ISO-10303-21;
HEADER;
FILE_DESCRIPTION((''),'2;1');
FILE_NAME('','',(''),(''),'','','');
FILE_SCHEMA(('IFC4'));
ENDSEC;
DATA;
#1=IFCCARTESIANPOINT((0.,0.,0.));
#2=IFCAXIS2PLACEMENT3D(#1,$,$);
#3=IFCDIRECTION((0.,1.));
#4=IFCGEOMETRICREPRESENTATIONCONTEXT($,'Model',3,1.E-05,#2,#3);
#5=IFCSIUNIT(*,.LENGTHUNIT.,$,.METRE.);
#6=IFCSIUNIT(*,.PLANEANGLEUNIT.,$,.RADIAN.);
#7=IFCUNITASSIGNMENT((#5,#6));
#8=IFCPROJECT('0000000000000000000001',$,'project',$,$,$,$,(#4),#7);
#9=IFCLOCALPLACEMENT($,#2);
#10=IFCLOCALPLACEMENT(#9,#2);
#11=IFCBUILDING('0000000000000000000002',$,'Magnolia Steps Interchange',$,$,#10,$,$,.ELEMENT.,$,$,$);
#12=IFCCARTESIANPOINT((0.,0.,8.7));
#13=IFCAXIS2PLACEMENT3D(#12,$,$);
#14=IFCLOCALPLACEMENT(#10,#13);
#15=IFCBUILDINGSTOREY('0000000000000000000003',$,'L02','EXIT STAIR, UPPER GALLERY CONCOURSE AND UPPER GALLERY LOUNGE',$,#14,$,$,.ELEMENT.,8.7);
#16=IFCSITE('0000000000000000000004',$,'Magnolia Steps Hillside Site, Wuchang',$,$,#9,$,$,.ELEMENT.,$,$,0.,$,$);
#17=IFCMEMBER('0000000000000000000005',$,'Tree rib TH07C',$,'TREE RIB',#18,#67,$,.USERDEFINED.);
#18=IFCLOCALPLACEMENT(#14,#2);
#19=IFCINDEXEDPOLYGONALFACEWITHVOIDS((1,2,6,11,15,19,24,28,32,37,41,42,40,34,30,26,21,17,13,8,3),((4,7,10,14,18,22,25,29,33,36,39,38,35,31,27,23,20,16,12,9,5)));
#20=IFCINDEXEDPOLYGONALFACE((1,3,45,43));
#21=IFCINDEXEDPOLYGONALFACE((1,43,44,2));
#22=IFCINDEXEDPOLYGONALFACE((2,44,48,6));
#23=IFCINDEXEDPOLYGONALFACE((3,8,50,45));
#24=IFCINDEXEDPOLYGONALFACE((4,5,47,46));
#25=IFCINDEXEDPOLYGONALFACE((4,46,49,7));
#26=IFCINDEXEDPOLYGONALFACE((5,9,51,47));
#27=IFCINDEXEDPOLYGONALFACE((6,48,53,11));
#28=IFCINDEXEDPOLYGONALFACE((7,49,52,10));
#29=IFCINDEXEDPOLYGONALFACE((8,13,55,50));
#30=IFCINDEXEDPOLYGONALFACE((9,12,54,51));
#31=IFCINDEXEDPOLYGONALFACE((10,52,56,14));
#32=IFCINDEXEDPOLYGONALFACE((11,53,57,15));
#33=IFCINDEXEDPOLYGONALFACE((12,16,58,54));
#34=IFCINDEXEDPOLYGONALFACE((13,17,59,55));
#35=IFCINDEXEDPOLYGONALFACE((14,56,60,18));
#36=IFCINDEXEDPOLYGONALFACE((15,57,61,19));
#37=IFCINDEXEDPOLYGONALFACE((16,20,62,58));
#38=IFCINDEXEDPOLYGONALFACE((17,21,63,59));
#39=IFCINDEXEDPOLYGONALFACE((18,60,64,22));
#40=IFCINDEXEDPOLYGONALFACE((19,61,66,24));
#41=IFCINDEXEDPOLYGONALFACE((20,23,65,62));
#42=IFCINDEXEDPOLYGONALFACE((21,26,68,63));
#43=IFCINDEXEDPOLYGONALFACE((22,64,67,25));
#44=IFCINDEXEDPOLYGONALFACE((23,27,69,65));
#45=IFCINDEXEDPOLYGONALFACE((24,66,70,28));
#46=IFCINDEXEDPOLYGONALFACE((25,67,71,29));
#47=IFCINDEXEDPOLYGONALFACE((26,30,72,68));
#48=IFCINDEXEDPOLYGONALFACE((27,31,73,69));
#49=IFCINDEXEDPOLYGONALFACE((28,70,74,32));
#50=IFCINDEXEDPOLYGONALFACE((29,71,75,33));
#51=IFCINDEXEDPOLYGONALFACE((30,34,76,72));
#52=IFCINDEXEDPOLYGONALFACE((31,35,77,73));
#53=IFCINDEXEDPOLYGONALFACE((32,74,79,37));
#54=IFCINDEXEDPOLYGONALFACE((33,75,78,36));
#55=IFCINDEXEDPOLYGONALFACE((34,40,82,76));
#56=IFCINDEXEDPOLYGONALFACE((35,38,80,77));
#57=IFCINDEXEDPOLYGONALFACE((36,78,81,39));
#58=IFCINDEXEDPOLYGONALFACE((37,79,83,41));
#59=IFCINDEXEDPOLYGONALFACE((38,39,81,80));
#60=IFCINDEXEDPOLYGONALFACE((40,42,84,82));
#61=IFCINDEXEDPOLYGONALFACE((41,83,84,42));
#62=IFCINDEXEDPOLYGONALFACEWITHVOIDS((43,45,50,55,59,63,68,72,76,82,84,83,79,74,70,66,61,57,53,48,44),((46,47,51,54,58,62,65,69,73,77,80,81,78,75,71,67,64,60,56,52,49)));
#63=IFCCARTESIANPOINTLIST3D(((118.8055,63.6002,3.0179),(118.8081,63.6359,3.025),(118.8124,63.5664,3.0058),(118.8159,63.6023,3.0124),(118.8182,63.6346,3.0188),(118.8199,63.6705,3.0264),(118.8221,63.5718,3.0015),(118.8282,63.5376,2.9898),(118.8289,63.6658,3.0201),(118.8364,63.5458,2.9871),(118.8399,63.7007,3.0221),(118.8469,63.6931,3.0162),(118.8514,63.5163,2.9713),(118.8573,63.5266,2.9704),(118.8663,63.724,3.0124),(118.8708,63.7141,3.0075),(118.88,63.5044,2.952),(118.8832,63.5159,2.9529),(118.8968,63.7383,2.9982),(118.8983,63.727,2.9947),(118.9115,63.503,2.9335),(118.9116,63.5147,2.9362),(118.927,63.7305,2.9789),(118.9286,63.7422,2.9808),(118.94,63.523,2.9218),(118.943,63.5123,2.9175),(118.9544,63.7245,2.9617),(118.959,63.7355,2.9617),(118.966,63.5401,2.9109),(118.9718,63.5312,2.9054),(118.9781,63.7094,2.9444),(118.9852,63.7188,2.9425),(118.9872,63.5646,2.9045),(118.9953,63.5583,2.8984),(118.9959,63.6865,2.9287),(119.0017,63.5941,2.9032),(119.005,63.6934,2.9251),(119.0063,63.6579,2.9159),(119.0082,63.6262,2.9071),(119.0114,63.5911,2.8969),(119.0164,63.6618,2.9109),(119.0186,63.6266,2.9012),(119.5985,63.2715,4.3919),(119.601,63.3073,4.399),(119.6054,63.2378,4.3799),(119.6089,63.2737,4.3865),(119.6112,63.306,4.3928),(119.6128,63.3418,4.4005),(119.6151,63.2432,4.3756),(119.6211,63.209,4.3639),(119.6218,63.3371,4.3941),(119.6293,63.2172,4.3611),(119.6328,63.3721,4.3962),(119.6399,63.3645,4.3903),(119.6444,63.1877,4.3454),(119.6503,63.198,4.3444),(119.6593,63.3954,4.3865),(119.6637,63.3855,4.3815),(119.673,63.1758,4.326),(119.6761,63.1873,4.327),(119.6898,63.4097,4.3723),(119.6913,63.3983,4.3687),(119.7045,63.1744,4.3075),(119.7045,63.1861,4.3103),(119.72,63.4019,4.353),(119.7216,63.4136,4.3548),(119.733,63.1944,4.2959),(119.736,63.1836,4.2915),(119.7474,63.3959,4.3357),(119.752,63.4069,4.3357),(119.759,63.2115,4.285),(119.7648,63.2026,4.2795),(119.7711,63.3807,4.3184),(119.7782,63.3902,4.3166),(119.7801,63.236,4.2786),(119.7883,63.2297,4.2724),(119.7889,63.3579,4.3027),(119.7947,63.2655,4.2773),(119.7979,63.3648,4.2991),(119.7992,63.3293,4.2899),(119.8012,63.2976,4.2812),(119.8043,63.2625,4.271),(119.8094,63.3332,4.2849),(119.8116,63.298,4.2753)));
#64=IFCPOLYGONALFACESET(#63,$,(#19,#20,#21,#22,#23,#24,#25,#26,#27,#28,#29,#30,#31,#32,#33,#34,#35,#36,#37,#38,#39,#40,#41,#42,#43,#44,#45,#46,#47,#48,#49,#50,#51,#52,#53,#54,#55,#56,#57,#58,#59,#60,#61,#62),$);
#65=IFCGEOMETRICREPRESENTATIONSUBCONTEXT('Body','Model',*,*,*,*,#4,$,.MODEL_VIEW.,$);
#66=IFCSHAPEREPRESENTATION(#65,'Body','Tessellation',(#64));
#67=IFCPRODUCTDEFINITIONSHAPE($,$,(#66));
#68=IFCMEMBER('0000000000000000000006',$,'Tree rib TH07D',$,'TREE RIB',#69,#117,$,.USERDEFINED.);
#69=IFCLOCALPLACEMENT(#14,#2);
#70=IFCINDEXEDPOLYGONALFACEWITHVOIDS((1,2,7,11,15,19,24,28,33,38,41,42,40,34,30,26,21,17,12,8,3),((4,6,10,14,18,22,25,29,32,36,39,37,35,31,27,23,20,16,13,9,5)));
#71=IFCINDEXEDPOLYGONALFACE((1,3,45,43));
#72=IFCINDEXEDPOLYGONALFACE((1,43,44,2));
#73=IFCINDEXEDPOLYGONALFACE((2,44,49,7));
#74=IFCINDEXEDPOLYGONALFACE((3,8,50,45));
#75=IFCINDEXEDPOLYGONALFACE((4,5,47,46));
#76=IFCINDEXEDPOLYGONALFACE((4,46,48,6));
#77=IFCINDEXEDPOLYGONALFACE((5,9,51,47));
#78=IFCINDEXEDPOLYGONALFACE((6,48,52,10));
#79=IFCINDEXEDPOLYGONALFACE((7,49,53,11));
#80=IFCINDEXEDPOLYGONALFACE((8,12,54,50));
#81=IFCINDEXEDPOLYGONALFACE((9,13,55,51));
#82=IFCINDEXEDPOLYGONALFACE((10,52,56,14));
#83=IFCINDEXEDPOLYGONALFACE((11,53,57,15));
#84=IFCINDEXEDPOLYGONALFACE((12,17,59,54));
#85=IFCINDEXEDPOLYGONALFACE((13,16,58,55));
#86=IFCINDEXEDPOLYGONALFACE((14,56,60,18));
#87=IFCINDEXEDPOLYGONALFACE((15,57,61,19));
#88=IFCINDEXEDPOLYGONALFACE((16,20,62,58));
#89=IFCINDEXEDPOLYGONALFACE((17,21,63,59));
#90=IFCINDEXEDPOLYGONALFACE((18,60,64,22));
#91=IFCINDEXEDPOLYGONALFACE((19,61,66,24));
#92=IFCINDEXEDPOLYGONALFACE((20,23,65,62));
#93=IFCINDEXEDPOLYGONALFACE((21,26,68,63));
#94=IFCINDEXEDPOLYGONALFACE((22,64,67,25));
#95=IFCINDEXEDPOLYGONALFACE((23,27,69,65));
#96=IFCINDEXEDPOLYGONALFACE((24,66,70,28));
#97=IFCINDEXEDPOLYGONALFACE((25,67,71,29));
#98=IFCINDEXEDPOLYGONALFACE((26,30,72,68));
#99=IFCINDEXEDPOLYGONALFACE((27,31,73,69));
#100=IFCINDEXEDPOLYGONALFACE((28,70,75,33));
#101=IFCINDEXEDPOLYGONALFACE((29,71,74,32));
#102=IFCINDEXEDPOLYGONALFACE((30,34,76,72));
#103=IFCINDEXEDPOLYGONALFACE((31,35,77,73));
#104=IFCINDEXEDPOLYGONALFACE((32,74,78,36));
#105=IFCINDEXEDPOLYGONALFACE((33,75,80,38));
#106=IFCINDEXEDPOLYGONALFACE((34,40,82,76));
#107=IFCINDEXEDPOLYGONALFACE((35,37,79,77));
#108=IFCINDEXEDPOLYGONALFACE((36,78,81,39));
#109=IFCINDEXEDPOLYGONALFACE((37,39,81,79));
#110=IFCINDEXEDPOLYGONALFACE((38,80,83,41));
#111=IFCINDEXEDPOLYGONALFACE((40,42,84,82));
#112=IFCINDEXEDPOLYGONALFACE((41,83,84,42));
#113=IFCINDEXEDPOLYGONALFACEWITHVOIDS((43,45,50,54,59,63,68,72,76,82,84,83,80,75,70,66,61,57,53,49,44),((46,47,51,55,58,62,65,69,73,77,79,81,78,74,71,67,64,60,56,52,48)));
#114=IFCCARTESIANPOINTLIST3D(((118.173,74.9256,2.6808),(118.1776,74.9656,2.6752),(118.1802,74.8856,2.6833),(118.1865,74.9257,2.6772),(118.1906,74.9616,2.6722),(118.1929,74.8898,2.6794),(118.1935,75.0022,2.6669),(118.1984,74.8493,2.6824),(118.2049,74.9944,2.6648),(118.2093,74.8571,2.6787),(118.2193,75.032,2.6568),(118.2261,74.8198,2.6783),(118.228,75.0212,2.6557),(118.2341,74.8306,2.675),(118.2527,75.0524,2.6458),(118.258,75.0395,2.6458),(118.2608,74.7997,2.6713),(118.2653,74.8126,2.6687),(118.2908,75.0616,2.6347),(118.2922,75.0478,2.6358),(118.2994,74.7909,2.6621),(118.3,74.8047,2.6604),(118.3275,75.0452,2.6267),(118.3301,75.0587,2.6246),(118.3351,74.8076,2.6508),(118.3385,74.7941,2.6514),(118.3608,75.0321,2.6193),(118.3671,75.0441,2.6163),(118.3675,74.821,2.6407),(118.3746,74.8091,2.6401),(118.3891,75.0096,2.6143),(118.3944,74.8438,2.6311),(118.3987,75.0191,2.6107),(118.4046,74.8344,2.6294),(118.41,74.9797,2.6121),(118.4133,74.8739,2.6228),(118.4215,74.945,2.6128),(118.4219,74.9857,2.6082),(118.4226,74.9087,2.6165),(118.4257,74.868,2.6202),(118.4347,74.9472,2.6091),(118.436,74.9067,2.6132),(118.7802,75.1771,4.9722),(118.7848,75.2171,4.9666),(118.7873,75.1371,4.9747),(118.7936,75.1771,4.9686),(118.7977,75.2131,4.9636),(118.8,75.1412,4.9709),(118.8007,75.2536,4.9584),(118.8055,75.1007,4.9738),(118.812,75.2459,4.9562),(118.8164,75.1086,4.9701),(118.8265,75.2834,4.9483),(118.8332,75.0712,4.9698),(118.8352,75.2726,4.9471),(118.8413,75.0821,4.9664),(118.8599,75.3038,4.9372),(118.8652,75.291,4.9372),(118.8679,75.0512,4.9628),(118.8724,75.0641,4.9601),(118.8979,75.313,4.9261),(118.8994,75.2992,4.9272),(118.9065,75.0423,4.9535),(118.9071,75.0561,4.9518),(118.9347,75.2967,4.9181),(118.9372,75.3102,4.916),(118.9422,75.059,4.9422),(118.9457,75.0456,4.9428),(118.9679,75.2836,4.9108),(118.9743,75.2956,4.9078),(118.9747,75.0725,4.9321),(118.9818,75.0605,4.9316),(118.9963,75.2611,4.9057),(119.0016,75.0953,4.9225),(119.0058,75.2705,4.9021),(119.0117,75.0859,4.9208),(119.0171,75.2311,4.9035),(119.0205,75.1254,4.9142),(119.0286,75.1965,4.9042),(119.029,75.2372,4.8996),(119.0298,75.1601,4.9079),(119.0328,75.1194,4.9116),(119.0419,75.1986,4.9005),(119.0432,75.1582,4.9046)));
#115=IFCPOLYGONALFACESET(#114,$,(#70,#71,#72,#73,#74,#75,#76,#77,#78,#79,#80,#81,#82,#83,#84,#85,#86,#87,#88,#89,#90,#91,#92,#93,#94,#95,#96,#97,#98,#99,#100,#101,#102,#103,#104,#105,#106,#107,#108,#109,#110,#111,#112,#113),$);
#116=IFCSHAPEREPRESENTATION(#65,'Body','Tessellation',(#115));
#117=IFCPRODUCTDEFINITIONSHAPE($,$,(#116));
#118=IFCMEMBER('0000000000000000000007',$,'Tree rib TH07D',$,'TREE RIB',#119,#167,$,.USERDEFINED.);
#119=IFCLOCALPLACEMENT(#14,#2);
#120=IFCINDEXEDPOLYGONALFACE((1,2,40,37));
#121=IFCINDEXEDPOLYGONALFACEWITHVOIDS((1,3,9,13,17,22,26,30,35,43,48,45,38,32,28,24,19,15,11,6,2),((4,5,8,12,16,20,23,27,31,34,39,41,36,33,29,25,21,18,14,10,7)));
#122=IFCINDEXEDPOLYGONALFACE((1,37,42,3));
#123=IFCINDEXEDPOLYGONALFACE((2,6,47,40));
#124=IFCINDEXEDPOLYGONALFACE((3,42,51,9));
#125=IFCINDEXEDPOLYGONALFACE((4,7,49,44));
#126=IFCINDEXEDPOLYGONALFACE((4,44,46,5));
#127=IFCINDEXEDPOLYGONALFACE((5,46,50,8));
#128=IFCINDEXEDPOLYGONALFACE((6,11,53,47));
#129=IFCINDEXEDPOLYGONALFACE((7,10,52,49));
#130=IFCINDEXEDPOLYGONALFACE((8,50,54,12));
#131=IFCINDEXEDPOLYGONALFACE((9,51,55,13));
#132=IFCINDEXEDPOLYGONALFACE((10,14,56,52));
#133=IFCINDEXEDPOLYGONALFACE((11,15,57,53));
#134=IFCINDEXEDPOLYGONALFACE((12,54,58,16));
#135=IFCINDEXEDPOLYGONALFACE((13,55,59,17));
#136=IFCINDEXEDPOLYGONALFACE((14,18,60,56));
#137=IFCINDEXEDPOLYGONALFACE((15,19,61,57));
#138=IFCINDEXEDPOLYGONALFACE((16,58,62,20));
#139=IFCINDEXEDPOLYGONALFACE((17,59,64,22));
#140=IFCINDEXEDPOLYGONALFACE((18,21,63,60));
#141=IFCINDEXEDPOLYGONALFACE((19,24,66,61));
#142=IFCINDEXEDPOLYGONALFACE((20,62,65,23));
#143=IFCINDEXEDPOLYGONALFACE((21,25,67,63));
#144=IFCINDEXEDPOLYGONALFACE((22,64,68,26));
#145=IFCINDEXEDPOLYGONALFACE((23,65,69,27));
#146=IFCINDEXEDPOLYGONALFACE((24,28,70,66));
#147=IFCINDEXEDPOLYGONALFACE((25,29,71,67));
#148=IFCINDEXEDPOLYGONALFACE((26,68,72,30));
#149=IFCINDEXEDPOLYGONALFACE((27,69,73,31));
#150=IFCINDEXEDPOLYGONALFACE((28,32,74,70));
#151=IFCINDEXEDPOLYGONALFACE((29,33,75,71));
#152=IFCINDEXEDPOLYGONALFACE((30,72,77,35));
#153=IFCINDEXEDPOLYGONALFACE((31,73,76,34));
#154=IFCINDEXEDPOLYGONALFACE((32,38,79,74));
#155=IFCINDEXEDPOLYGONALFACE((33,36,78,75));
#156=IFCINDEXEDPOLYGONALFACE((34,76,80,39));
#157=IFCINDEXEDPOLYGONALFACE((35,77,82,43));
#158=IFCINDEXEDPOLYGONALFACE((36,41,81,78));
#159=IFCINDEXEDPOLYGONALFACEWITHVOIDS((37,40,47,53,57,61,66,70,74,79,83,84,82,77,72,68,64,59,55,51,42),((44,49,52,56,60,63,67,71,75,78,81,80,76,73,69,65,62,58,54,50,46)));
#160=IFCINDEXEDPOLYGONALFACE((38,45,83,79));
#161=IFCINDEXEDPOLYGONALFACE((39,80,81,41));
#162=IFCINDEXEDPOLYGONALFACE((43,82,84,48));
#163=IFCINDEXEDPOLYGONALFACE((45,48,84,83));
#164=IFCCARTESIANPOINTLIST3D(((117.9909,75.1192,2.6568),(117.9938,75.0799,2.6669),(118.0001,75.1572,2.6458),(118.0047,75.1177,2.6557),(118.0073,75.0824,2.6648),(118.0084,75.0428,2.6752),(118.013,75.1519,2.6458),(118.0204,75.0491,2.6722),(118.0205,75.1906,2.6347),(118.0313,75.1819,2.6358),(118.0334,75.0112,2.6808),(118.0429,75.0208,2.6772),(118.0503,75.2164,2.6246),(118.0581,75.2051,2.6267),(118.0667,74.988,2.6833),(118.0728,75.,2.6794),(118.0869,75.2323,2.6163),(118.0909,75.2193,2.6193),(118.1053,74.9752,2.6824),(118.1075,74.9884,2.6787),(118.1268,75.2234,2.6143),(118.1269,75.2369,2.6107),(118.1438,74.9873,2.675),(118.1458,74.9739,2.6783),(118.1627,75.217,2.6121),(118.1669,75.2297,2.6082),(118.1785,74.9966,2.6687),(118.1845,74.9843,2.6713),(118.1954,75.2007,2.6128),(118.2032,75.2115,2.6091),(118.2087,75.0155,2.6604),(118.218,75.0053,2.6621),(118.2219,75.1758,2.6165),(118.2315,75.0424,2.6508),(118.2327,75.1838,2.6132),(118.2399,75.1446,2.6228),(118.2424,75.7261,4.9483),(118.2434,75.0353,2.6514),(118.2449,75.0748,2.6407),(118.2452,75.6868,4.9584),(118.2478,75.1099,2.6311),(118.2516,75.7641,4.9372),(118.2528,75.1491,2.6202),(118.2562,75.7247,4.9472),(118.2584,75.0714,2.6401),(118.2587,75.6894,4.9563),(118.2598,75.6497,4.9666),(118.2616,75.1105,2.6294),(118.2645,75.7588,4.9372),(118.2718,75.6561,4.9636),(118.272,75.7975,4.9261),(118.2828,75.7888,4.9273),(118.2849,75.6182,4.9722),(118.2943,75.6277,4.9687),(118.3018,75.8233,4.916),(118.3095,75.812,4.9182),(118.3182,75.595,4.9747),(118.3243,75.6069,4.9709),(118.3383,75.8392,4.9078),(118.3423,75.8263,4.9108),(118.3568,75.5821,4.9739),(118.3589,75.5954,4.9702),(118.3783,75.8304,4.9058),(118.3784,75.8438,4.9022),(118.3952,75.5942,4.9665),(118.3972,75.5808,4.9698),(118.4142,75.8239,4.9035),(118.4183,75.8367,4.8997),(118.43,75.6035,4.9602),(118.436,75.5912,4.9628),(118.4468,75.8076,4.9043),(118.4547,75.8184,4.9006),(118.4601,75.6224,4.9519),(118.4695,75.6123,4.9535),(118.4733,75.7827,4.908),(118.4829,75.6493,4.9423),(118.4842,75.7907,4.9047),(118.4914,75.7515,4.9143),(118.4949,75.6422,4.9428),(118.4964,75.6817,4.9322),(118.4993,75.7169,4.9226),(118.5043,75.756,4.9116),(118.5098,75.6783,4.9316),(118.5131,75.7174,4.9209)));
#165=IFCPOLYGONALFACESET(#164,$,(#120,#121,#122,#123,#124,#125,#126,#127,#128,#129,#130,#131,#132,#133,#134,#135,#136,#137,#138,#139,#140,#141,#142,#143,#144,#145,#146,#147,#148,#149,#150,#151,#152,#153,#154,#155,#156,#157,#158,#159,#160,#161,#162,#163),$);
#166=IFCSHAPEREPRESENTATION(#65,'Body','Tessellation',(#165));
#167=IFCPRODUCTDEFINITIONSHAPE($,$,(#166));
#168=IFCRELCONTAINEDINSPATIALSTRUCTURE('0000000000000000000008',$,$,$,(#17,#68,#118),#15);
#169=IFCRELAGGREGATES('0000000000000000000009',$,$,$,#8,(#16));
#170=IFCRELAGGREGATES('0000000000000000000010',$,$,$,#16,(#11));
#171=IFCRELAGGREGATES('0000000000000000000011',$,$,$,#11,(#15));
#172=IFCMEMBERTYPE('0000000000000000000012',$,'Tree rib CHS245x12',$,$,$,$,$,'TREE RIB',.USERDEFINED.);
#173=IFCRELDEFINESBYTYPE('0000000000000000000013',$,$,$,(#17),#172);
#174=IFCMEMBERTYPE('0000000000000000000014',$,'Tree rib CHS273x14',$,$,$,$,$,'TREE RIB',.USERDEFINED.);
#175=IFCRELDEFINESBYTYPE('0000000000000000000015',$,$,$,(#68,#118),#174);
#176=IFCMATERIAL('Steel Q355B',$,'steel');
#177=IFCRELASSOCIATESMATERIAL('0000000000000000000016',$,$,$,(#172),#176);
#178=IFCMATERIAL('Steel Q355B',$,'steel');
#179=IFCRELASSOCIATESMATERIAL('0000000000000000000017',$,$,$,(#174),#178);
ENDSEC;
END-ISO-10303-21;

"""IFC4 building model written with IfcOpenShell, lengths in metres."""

from ifc_helpers import new_model, si_unit, direction, frame, origin, origin_2d, place, context, subcontext, project, spatial, hollow_circle, extrude, material, material_profile, profile_set, type_object, element, save


model = new_model("IFC4")

# Units and contexts
model_context = context("Model", 3, precision=1e-05, world=origin(), true_north=direction((0.0, 1.0)))
body_context = subcontext(model_context, "Body", "Model", "MODEL_VIEW")
ifc_project = project(units=[si_unit("LENGTHUNIT", "METRE"), si_unit("PLANEANGLEUNIT", "RADIAN")], contexts=[model_context])

# Site, building, storey
site_placement = place(None, origin())
site = spatial("IfcSite", under=ifc_project, at=site_placement, Name="Magnolia Steps Hillside Site, Wuchang", CompositionType="ELEMENT", RefElevation=0.0)
building_placement = place(site_placement, origin())
building = spatial("IfcBuilding", under=site, at=building_placement, Name="Magnolia Steps Interchange", CompositionType="ELEMENT")
storey_placement = place(building_placement, frame((0.0, 0.0, 8.7)))
storey = spatial("IfcBuildingStorey", under=building, at=storey_placement, Name="L02", Description="EXIT STAIR, UPPER GALLERY CONCOURSE AND UPPER GALLERY LOUNGE", CompositionType="ELEMENT", Elevation=8.7)

# Members
ifc_material_1 = material(Name="Steel Q355B", Category="steel")
ifc_material_profile_1 = material_profile(ifc_material_1, hollow_circle(Radius=0.1226, WallThickness=0.012, at=origin_2d()), Name="CHS245x12")
ifc_profile_set_1 = profile_set([ifc_material_profile_1], Name="Steel Q355B")
member_type_1 = type_object("IfcMemberType", Name="Tree rib CHS245x12", ElementType="TREE RIB", PredefinedType="USERDEFINED", material=ifc_profile_set_1)
member_1_placement = place(storey_placement, frame((118.9121, 63.6223, 2.9617), z_axis=(0.489456, -0.202835, 0.84811), x_axis=(0.382837, 0.923816, 0.0)))
element("IfcMember", 1, at=member_1_placement, inside=storey, type_object=member_type_1, Name="Tree rib TH07C", ObjectType="TREE RIB", PredefinedType="USERDEFINED", context=body_context, shape_type="SweptSolid", body=[
    extrude(hollow_circle(Radius=0.1226, WallThickness=0.012, at=origin_2d()), origin(), (0.0, 0.0, 1.0), 1.6201),
])
ifc_material_2 = material(Name="Steel Q355B", Category="steel")
ifc_material_profile_2 = material_profile(ifc_material_2, hollow_circle(Radius=0.1365, WallThickness=0.0139, at=origin_2d()), Name="CHS273x14")
ifc_profile_set_2 = profile_set([ifc_material_profile_2], Name="Steel Q355B")
member_type_2 = type_object("IfcMemberType", Name="Tree rib CHS273x14", ElementType="TREE RIB", PredefinedType="USERDEFINED", material=ifc_profile_set_2)
for number, where, z_axis, x_axis, name in (
    (2, (118.3049, 74.9263, 2.6458), (0.254701, 0.105485, 0.961249), (-0.382636, 0.923899, 0.0), "Tree rib TH07D"),
    (3, (118.1262, 75.105, 2.6458), (0.105488, 0.254606, 0.961274), (-0.923845, 0.382768, 0.0), "Tree rib TH07D"),
):
    element("IfcMember", number, at=place(storey_placement, frame(where, z_axis=z_axis, x_axis=x_axis)), inside=storey, type_object=member_type_2, Name=name, ObjectType="TREE RIB", PredefinedType="USERDEFINED", context=body_context, shape_type="SweptSolid", body=[
        extrude(hollow_circle(Radius=0.1365, WallThickness=0.0139, at=origin_2d()), origin(), (0.0, 0.0, 1.0), 2.3838),
    ])

save(model, "model.ifc")
